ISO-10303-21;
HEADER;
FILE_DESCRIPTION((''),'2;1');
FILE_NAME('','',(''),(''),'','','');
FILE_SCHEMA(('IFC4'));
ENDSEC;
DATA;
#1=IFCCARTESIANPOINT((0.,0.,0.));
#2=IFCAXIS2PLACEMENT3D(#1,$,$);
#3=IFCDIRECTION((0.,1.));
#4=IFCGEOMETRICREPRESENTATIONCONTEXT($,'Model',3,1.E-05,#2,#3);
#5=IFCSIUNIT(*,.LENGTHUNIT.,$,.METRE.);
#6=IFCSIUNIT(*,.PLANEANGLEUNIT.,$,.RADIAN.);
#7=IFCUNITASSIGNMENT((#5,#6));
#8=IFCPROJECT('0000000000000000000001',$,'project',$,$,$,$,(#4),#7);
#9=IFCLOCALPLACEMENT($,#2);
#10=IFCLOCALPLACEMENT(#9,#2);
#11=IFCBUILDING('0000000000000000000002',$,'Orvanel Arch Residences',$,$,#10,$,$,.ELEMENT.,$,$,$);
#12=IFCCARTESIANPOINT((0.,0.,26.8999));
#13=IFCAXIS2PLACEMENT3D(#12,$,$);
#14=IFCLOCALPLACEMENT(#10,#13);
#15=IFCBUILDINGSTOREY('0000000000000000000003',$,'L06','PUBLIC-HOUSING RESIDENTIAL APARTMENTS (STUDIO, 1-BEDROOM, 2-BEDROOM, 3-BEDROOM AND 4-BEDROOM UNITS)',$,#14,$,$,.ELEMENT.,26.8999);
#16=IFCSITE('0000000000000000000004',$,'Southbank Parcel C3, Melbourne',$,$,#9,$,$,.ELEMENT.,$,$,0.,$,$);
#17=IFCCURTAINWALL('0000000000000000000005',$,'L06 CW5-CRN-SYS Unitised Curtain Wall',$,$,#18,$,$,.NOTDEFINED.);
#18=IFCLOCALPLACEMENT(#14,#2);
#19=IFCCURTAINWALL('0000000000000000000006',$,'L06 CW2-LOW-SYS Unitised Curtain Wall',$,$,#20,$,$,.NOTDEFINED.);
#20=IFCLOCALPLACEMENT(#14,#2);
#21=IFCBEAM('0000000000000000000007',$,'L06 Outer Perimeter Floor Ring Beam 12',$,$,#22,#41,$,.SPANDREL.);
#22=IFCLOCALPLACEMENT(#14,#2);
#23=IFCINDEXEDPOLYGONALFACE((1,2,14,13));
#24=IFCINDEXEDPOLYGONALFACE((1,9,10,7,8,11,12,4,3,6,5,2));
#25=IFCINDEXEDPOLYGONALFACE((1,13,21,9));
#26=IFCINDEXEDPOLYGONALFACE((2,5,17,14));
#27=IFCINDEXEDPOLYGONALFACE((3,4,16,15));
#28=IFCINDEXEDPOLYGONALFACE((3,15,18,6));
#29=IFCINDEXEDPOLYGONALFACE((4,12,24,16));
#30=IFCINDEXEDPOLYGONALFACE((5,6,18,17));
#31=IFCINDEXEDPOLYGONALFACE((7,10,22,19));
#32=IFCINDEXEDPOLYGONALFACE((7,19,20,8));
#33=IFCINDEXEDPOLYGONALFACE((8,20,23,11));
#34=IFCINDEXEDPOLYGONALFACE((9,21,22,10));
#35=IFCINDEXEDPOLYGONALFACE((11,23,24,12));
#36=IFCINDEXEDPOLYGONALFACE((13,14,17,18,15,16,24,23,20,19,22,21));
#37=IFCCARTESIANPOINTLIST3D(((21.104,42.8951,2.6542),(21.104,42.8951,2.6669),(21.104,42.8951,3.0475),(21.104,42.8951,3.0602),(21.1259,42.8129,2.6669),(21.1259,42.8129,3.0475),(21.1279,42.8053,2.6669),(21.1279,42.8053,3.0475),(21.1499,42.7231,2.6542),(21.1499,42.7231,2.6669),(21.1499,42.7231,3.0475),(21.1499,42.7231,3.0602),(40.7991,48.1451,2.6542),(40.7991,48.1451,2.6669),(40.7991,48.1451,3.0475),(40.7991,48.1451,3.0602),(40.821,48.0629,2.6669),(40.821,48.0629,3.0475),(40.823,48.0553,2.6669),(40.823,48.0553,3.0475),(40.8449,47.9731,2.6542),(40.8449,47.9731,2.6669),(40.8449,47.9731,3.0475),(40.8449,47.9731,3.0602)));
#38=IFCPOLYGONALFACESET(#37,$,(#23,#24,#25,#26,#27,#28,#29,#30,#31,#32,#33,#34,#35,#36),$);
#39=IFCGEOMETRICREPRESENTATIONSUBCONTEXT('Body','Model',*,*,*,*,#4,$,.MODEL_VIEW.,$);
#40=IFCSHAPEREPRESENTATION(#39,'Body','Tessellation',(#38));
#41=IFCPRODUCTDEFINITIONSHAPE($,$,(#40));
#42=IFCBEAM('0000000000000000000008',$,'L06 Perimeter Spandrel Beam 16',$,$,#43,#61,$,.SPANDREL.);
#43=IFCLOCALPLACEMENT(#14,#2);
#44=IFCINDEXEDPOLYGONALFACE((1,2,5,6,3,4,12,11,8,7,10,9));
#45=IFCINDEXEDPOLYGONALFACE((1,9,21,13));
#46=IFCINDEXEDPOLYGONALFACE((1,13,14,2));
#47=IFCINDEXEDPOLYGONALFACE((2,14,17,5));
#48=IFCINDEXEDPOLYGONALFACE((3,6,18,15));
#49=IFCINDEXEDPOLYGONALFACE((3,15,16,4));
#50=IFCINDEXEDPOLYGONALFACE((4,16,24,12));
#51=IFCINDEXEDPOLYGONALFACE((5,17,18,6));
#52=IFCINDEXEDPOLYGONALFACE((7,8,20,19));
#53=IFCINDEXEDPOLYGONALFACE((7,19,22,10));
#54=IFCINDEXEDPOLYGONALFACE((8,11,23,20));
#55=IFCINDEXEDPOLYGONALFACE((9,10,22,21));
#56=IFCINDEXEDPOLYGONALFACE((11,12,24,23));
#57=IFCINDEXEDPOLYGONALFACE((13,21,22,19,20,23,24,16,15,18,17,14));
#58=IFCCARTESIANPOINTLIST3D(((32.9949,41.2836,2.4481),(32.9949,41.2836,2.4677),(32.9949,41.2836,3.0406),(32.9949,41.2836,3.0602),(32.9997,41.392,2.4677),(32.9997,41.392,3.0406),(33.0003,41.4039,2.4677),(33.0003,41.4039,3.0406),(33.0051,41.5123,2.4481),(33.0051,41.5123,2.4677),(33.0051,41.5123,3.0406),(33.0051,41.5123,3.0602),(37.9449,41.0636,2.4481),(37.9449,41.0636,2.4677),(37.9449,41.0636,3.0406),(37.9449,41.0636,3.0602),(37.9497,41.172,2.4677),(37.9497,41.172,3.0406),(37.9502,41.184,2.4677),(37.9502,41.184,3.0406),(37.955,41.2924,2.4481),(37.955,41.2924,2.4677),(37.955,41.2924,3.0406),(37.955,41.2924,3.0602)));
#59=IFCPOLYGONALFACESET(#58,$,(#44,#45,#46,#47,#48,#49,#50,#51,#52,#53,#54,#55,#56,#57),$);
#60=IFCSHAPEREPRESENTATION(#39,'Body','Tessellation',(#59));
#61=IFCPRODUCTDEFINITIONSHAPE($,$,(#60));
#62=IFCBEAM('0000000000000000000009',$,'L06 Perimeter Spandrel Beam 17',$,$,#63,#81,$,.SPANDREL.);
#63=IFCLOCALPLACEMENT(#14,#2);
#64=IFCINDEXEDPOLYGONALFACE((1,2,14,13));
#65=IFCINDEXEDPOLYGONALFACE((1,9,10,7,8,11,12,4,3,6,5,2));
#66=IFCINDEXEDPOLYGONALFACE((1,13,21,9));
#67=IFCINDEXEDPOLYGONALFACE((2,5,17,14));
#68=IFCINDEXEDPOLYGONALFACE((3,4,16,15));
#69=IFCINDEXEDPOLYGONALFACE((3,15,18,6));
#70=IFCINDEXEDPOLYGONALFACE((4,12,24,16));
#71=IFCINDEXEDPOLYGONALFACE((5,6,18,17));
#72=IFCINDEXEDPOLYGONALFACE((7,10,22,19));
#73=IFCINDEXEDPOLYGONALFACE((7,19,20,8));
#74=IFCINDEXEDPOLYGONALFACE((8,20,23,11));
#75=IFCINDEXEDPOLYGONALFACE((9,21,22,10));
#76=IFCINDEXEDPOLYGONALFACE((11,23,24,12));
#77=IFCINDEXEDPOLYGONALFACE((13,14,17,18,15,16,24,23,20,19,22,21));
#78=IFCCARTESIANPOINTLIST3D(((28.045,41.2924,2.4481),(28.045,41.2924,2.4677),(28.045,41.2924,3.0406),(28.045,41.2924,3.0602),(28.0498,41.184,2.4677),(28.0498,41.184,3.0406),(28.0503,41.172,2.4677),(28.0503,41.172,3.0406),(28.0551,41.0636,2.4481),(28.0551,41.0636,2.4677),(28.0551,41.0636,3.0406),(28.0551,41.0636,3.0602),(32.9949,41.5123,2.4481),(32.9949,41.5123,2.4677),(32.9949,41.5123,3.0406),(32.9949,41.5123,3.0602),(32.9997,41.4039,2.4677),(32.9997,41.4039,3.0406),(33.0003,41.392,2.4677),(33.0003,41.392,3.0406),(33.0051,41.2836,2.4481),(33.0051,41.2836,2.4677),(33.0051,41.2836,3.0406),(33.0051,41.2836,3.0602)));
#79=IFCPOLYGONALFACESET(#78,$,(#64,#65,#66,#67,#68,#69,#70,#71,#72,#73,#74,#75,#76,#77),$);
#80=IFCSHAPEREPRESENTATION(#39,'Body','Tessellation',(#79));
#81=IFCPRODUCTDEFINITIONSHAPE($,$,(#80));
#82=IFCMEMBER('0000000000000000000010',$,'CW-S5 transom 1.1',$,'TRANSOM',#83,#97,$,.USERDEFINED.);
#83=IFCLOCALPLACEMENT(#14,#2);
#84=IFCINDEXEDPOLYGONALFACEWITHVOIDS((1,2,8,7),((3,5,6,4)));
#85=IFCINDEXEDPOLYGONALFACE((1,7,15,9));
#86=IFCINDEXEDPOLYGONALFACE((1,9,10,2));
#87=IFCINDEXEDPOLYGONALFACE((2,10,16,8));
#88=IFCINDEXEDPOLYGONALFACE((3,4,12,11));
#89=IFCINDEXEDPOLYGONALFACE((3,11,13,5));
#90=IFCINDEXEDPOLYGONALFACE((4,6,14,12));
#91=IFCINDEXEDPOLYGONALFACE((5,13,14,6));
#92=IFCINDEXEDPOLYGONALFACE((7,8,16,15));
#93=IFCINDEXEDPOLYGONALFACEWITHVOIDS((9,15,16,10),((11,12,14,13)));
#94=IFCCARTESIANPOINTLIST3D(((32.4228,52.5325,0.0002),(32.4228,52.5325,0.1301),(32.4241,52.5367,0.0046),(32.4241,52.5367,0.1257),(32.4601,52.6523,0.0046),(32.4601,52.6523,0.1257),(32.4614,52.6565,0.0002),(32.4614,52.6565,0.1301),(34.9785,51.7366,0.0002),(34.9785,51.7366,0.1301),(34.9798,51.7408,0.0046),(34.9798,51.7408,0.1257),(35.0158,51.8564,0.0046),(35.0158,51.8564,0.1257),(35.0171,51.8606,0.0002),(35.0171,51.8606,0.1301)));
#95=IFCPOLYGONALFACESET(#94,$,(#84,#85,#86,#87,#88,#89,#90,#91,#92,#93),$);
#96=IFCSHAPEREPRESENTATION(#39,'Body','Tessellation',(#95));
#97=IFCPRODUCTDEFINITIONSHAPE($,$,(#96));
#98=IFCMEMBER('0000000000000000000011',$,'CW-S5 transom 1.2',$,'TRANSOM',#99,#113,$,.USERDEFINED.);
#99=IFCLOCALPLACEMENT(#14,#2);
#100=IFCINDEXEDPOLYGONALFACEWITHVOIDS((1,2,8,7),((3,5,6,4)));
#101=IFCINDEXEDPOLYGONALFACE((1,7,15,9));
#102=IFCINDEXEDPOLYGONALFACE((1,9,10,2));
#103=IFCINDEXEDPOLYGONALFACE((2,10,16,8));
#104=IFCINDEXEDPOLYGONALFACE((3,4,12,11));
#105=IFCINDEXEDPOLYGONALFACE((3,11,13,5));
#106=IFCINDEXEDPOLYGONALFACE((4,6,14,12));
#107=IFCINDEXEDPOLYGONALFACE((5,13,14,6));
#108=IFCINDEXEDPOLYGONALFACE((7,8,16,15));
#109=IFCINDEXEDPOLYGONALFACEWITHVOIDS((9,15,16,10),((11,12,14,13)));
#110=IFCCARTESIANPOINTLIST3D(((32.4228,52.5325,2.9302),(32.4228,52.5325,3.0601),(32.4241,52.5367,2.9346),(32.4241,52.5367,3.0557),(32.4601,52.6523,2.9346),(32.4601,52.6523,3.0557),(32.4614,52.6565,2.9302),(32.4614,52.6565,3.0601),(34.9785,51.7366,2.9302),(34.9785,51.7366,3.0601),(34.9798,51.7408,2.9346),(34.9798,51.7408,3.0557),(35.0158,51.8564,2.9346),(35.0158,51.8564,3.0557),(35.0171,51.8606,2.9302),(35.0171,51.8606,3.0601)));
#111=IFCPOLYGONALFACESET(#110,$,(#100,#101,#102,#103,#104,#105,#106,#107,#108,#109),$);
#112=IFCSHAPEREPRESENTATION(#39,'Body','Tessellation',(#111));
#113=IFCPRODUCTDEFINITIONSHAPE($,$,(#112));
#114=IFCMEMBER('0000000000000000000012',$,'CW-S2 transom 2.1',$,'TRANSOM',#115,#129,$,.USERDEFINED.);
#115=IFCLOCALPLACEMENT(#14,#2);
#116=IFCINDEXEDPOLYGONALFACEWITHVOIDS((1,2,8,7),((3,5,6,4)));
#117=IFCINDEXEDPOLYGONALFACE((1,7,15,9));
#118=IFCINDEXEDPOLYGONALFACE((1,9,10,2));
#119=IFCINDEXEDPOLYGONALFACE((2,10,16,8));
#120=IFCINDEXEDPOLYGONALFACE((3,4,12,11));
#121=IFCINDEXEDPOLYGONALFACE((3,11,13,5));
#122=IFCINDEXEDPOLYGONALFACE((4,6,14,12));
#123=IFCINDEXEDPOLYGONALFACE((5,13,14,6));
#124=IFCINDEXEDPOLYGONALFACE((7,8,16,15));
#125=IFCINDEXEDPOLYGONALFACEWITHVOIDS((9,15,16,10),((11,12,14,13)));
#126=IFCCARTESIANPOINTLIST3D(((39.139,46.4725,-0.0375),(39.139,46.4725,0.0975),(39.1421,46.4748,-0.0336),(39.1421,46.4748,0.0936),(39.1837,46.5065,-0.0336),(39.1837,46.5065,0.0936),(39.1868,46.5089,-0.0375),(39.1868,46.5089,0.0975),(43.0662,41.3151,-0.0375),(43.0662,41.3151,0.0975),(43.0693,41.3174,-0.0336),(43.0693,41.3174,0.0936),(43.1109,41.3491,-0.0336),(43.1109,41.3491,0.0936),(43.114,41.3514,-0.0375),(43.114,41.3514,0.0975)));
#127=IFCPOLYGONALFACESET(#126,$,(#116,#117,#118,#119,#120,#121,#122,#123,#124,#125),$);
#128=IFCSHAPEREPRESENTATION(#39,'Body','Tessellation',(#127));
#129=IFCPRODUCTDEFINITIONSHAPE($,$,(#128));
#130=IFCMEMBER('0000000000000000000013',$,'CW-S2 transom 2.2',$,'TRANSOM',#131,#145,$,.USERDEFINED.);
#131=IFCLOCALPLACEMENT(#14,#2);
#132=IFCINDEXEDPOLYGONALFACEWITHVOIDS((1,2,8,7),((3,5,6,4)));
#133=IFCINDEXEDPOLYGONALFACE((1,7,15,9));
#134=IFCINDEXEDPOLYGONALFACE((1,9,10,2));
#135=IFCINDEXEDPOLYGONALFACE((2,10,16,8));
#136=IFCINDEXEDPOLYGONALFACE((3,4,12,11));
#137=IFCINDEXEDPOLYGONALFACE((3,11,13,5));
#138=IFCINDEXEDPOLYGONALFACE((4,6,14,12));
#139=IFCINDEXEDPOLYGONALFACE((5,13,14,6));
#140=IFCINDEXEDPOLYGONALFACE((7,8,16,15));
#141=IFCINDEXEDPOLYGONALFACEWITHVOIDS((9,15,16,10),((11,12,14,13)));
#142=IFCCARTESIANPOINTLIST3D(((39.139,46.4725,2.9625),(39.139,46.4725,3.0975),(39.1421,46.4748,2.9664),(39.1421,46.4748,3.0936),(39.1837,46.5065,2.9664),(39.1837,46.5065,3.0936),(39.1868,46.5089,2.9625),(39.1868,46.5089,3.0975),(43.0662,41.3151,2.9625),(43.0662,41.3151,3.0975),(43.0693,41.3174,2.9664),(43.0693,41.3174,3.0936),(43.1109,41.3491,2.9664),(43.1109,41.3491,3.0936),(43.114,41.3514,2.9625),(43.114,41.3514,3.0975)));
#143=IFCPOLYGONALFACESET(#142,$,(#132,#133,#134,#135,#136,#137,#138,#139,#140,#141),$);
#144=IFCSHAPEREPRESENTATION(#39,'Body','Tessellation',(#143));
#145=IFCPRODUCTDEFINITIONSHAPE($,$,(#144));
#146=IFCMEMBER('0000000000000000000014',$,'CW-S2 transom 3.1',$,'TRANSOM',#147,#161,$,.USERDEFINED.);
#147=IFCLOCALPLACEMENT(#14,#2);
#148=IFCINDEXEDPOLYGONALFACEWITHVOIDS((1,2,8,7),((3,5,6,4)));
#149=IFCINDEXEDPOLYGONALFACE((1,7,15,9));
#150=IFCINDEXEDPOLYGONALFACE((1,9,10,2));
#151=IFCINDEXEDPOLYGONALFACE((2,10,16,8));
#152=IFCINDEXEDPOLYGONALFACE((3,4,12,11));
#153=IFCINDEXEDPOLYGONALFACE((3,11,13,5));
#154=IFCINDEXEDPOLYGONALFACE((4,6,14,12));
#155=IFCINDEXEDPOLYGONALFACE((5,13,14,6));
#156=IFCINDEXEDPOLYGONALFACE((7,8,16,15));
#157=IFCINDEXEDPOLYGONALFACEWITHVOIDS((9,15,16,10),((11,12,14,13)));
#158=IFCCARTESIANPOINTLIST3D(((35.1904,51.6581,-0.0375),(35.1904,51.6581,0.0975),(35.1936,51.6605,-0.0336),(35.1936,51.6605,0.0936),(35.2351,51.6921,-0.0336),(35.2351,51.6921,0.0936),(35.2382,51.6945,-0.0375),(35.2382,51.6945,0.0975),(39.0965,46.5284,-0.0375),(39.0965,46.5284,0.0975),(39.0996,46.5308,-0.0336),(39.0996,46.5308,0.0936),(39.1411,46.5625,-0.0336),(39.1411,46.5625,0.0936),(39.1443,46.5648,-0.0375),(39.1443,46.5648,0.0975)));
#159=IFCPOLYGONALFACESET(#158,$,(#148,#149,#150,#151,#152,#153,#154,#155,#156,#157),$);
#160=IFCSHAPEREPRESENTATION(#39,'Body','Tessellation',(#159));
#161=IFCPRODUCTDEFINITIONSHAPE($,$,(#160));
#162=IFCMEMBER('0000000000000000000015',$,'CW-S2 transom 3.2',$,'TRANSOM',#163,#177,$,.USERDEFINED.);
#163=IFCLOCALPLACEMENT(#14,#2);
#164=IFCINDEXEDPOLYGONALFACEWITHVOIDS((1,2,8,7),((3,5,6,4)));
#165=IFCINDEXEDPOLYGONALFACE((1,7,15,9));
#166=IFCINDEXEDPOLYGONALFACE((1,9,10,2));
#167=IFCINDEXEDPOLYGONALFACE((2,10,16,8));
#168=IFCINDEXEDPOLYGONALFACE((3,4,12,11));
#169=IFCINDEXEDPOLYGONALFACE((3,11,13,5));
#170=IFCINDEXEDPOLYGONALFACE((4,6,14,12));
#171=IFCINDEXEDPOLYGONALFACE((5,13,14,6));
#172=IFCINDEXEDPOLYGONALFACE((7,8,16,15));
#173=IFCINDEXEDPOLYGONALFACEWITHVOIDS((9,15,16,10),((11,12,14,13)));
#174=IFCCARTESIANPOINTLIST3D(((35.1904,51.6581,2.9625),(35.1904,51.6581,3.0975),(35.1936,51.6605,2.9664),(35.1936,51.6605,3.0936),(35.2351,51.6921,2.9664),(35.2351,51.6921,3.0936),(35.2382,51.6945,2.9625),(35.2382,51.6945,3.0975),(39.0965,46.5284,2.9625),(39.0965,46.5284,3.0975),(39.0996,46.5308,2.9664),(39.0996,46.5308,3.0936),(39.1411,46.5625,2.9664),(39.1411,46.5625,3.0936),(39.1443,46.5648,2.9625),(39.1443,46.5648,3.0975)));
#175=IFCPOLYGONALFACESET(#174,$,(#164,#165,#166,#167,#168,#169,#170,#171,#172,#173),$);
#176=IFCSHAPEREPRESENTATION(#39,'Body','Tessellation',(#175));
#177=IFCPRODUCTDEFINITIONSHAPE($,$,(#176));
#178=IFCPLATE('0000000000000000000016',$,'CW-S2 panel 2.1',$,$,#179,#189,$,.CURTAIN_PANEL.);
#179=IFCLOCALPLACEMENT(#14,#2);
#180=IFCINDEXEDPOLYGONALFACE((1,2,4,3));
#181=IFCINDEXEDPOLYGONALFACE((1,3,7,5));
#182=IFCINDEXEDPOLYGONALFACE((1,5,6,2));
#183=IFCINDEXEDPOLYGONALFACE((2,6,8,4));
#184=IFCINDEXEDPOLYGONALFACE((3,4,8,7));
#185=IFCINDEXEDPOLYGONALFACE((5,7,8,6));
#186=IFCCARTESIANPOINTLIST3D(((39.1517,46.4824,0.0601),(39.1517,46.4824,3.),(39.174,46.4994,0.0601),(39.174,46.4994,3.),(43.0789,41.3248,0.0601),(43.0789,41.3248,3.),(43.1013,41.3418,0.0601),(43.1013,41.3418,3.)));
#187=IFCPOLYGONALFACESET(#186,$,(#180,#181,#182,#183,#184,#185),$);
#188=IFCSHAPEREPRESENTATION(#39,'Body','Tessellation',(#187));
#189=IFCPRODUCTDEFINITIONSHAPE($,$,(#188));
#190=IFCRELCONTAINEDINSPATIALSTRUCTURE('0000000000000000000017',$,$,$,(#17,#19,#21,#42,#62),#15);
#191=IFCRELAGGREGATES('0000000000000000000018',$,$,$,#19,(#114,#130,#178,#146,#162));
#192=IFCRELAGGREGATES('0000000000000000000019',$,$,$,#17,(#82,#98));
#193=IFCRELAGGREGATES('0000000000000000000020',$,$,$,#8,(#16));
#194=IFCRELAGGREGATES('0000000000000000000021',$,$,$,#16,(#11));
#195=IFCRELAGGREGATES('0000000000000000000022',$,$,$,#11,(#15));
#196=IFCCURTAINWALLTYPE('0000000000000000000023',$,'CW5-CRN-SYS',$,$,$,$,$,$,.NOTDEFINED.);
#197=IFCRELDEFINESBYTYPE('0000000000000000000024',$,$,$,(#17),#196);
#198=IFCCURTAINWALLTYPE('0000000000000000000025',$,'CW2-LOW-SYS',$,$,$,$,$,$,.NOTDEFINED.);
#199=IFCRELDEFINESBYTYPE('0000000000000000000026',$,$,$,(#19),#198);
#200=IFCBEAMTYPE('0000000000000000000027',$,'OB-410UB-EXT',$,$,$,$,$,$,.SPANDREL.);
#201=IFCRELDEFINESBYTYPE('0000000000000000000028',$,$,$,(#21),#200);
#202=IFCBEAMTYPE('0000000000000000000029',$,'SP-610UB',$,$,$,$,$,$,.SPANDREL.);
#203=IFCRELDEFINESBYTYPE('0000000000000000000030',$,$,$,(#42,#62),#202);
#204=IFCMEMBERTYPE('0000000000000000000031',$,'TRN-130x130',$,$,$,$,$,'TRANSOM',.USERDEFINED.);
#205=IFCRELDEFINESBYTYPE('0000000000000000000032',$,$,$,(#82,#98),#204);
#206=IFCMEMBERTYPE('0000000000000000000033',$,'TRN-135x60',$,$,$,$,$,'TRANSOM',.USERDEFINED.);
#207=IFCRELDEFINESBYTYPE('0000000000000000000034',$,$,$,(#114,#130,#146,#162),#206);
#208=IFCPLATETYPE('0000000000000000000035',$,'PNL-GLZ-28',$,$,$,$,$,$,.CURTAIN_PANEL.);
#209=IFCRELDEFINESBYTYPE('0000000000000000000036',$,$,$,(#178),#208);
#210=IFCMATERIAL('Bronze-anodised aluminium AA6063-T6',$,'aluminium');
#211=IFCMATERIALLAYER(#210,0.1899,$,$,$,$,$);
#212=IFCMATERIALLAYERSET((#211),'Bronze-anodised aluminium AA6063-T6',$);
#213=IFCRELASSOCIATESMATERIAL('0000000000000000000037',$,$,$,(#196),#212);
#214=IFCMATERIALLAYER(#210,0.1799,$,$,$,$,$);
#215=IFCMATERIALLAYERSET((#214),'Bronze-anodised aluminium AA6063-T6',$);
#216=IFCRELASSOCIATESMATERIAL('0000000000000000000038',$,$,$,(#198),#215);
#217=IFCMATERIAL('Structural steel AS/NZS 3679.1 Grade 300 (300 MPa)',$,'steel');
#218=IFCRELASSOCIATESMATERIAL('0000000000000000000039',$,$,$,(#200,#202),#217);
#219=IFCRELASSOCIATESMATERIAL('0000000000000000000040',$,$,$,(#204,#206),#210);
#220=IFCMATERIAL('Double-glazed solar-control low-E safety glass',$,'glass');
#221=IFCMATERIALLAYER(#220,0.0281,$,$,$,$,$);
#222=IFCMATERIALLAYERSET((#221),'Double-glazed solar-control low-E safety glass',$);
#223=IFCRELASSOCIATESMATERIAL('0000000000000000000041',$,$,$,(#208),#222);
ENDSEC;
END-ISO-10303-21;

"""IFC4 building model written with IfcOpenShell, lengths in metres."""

from ifc_helpers import new_model, si_unit, direction, frame, origin, origin_2d, place, context, subcontext, project, spatial, rectangle, hollow_rectangle, i_section, extrude, material, layer, layer_set, material_profile, profile_set, type_object, element, aggregate, save


model = new_model("IFC4")

# Units and contexts
model_context = context("Model", 3, precision=1e-05, world=origin(), true_north=direction((0.0, 1.0)))
body_context = subcontext(model_context, "Body", "Model", "MODEL_VIEW")
ifc_project = project(units=[si_unit("LENGTHUNIT", "METRE"), si_unit("PLANEANGLEUNIT", "RADIAN")], contexts=[model_context])

# Site, building, storey
site_placement = place(None, origin())
site = spatial("IfcSite", under=ifc_project, at=site_placement, Name="Southbank Parcel C3, Melbourne", CompositionType="ELEMENT", RefElevation=0.0)
building_placement = place(site_placement, origin())
building = spatial("IfcBuilding", under=site, at=building_placement, Name="Orvanel Arch Residences", CompositionType="ELEMENT")
storey_placement = place(building_placement, frame((0.0, 0.0, 26.8999)))
storey = spatial("IfcBuildingStorey", under=building, at=storey_placement, Name="L06", Description="PUBLIC-HOUSING RESIDENTIAL APARTMENTS (STUDIO, 1-BEDROOM, 2-BEDROOM, 3-BEDROOM AND 4-BEDROOM UNITS)", CompositionType="ELEMENT", Elevation=26.8999)

# Shared definitions
ifc_material_1 = material(Name="Structural steel AS/NZS 3679.1 Grade 300 (300 MPa)", Category="steel")

# Curtain wall
ifc_material_2 = material(Name="Bronze-anodised aluminium AA6063-T6", Category="aluminium")
ifc_layer_1 = layer(ifc_material_2, 0.1899)
ifc_layer_set_1 = layer_set([ifc_layer_1], Name="Bronze-anodised aluminium AA6063-T6")
curtain_wall_type_1 = type_object("IfcCurtainWallType", Name="CW5-CRN-SYS", PredefinedType="NOTDEFINED", material=ifc_layer_set_1)
curtain_wall_1_placement = place(storey_placement, origin())
curtain_wall_1 = element("IfcCurtainWall", 1, at=curtain_wall_1_placement, inside=storey, type_object=curtain_wall_type_1, Name="L06 CW5-CRN-SYS Unitised Curtain Wall", PredefinedType="NOTDEFINED")

# Curtain wall
ifc_layer_2 = layer(ifc_material_2, 0.1799)
ifc_layer_set_2 = layer_set([ifc_layer_2], Name="Bronze-anodised aluminium AA6063-T6")
curtain_wall_type_2 = type_object("IfcCurtainWallType", Name="CW2-LOW-SYS", PredefinedType="NOTDEFINED", material=ifc_layer_set_2)
curtain_wall_2_placement = place(storey_placement, origin())
curtain_wall_2 = element("IfcCurtainWall", 2, at=curtain_wall_2_placement, inside=storey, type_object=curtain_wall_type_2, Name="L06 CW2-LOW-SYS Unitised Curtain Wall", PredefinedType="NOTDEFINED")

# Beams
ifc_material_profile_1 = material_profile(ifc_material_1, i_section(OverallWidth=0.178, OverallDepth=0.406, WebThickness=0.0078, FlangeThickness=0.0127, at=origin_2d()), Name="410UB59.7")
ifc_profile_set_1 = profile_set([ifc_material_profile_1], Name="Structural steel AS/NZS 3679.1 Grade 300 (300 MPa)")
beam_type_1 = type_object("IfcBeamType", Name="OB-410UB-EXT", PredefinedType="SPANDREL", material=ifc_profile_set_1)
beam_1_placement = place(storey_placement, frame((40.822, 48.0591, 2.8572), z_axis=(-0.96626, -0.25757, 0.0), x_axis=(0.25757, -0.96626, 0.0)))
element("IfcBeam", 3, at=beam_1_placement, inside=storey, type_object=beam_type_1, Name="L06 Outer Perimeter Floor Ring Beam 12", PredefinedType="SPANDREL", context=body_context, shape_type="SweptSolid", body=[
    extrude(i_section(OverallWidth=0.178, OverallDepth=0.406, WebThickness=0.0078, FlangeThickness=0.0127, at=origin_2d()), origin(), (0.0, 0.0, 1.0), 20.3828),
])
ifc_material_profile_2 = material_profile(ifc_material_1, i_section(OverallWidth=0.229, OverallDepth=0.6121, WebThickness=0.012, FlangeThickness=0.0195, at=origin_2d()), Name="610UB125")
ifc_profile_set_2 = profile_set([ifc_material_profile_2], Name="Structural steel AS/NZS 3679.1 Grade 300 (300 MPa)")
beam_type_2 = type_object("IfcBeamType", Name="SP-610UB", PredefinedType="SPANDREL", material=ifc_profile_set_2)
for number, where, z_axis, x_axis, name in (
    (4, (37.95, 41.178, 2.7542), (-0.999014, 0.044395, 0.0), (-0.044395, -0.999014, 0.0), "L06 Perimeter Spandrel Beam 16"),
    (5, (33.0, 41.3979, 2.7542), (-0.999014, -0.044395, 0.0), (0.044395, -0.999014, 0.0), "L06 Perimeter Spandrel Beam 17"),
):
    element("IfcBeam", number, at=place(storey_placement, frame(where, z_axis=z_axis, x_axis=x_axis)), inside=storey, type_object=beam_type_2, Name=name, PredefinedType="SPANDREL", context=body_context, shape_type="SweptSolid", body=[
        extrude(i_section(OverallWidth=0.229, OverallDepth=0.6121, WebThickness=0.012, FlangeThickness=0.0195, at=origin_2d()), origin(), (0.0, 0.0, 1.0), 4.9548),
    ])

# Members
ifc_material_profile_3 = material_profile(ifc_material_2, hollow_rectangle(XDim=0.1299, YDim=0.1299, WallThickness=0.0044, at=origin_2d()), Name="ALU130x130x4.5")
ifc_profile_set_3 = profile_set([ifc_material_profile_3], Name="Bronze-anodised aluminium AA6063-T6")
member_type_1 = type_object("IfcMemberType", Name="TRN-130x130", ElementType="TRANSOM", PredefinedType="USERDEFINED", material=ifc_profile_set_3)
member_1_placement = place(storey_placement, frame((34.9978, 51.7986, 0.0652), z_axis=(-0.954772, 0.29734, 0.0), x_axis=(-0.29734, -0.954772, 0.0)))
member_1 = element("IfcMember", 6, at=member_1_placement, type_object=member_type_1, Name="CW-S5 transom 1.1", ObjectType="TRANSOM", PredefinedType="USERDEFINED", context=body_context, shape_type="SweptSolid", body=[
    extrude(hollow_rectangle(XDim=0.1299, YDim=0.1299, WallThickness=0.0044, at=origin_2d()), origin(), (0.0, 0.0, 1.0), 2.6768),
])
member_2_placement = place(storey_placement, frame((34.9978, 51.7986, 2.9951), z_axis=(-0.954772, 0.29734, 0.0), x_axis=(-0.29734, -0.954772, 0.0)))
member_2 = element("IfcMember", 7, at=member_2_placement, type_object=member_type_1, Name="CW-S5 transom 1.2", ObjectType="TRANSOM", PredefinedType="USERDEFINED", context=body_context, shape_type="SweptSolid", body=[
    extrude(hollow_rectangle(XDim=0.1299, YDim=0.1299, WallThickness=0.0044, at=origin_2d()), origin(), (0.0, 0.0, 1.0), 2.6768),
])
ifc_material_profile_4 = material_profile(ifc_material_2, hollow_rectangle(XDim=0.0601, YDim=0.135, WallThickness=0.0039, at=origin_2d()), Name="ALU135x60x4")
ifc_profile_set_4 = profile_set([ifc_material_profile_4], Name="Bronze-anodised aluminium AA6063-T6")
member_type_2 = type_object("IfcMemberType", Name="TRN-135x60", ElementType="TRANSOM", PredefinedType="USERDEFINED", material=ifc_profile_set_4)
member_3_placement = place(storey_placement, frame((43.0901, 41.3333, 0.03), z_axis=(-0.605823, 0.795599, 0.0), x_axis=(-0.795599, -0.605823, 0.0)))
member_3 = element("IfcMember", 8, at=member_3_placement, type_object=member_type_2, Name="CW-S2 transom 2.1", ObjectType="TRANSOM", PredefinedType="USERDEFINED", context=body_context, shape_type="SweptSolid", body=[
    extrude(hollow_rectangle(XDim=0.0601, YDim=0.135, WallThickness=0.0039, at=origin_2d()), origin(), (0.0, 0.0, 1.0), 6.4824),
])
member_4_placement = place(storey_placement, frame((43.0901, 41.3333, 3.03), z_axis=(-0.605823, 0.795599, 0.0), x_axis=(-0.795599, -0.605823, 0.0)))
member_4 = element("IfcMember", 9, at=member_4_placement, type_object=member_type_2, Name="CW-S2 transom 2.2", ObjectType="TRANSOM", PredefinedType="USERDEFINED", context=body_context, shape_type="SweptSolid", body=[
    extrude(hollow_rectangle(XDim=0.0601, YDim=0.135, WallThickness=0.0039, at=origin_2d()), origin(), (0.0, 0.0, 1.0), 6.4824),
])
member_5_placement = place(storey_placement, frame((39.1204, 46.5466, 0.03), z_axis=(-0.605818, 0.795603, 0.0), x_axis=(-0.795603, -0.605818, 0.0)))
member_5 = element("IfcMember", 10, at=member_5_placement, type_object=member_type_2, Name="CW-S2 transom 3.1", ObjectType="TRANSOM", PredefinedType="USERDEFINED", context=body_context, shape_type="SweptSolid", body=[
    extrude(hollow_rectangle(XDim=0.0601, YDim=0.135, WallThickness=0.0039, at=origin_2d()), origin(), (0.0, 0.0, 1.0), 6.4475),
])
member_6_placement = place(storey_placement, frame((39.1204, 46.5466, 3.03), z_axis=(-0.605818, 0.795603, 0.0), x_axis=(-0.795603, -0.605818, 0.0)))
member_6 = element("IfcMember", 11, at=member_6_placement, type_object=member_type_2, Name="CW-S2 transom 3.2", ObjectType="TRANSOM", PredefinedType="USERDEFINED", context=body_context, shape_type="SweptSolid", body=[
    extrude(hollow_rectangle(XDim=0.0601, YDim=0.135, WallThickness=0.0039, at=origin_2d()), origin(), (0.0, 0.0, 1.0), 6.4475),
])

# Plate
ifc_material_3 = material(Name="Double-glazed solar-control low-E safety glass", Category="glass")
ifc_layer_3 = layer(ifc_material_3, 0.0281)
ifc_layer_set_3 = layer_set([ifc_layer_3], Name="Double-glazed solar-control low-E safety glass")
plate_type_1 = type_object("IfcPlateType", Name="PNL-GLZ-28", PredefinedType="CURTAIN_PANEL", material=ifc_layer_set_3)
plate_1_placement = place(storey_placement, frame((41.1265, 43.9121, 0.0601), z_axis=(0.0, 0.0, 1.0), x_axis=(-0.605812, 0.795608, 0.0)))
plate_1 = element("IfcPlate", 12, at=plate_1_placement, type_object=plate_type_1, Name="CW-S2 panel 2.1", PredefinedType="CURTAIN_PANEL", context=body_context, shape_type="SweptSolid", body=[
    extrude(rectangle(XDim=6.4827, YDim=0.0281, at=origin_2d()), origin(), (0.0, 0.0, 1.0), 2.9399),
])
aggregate(curtain_wall_2, [member_3, member_4, plate_1, member_5, member_6])
aggregate(curtain_wall_1, [member_1, member_2])

save(model, "model.ifc")
